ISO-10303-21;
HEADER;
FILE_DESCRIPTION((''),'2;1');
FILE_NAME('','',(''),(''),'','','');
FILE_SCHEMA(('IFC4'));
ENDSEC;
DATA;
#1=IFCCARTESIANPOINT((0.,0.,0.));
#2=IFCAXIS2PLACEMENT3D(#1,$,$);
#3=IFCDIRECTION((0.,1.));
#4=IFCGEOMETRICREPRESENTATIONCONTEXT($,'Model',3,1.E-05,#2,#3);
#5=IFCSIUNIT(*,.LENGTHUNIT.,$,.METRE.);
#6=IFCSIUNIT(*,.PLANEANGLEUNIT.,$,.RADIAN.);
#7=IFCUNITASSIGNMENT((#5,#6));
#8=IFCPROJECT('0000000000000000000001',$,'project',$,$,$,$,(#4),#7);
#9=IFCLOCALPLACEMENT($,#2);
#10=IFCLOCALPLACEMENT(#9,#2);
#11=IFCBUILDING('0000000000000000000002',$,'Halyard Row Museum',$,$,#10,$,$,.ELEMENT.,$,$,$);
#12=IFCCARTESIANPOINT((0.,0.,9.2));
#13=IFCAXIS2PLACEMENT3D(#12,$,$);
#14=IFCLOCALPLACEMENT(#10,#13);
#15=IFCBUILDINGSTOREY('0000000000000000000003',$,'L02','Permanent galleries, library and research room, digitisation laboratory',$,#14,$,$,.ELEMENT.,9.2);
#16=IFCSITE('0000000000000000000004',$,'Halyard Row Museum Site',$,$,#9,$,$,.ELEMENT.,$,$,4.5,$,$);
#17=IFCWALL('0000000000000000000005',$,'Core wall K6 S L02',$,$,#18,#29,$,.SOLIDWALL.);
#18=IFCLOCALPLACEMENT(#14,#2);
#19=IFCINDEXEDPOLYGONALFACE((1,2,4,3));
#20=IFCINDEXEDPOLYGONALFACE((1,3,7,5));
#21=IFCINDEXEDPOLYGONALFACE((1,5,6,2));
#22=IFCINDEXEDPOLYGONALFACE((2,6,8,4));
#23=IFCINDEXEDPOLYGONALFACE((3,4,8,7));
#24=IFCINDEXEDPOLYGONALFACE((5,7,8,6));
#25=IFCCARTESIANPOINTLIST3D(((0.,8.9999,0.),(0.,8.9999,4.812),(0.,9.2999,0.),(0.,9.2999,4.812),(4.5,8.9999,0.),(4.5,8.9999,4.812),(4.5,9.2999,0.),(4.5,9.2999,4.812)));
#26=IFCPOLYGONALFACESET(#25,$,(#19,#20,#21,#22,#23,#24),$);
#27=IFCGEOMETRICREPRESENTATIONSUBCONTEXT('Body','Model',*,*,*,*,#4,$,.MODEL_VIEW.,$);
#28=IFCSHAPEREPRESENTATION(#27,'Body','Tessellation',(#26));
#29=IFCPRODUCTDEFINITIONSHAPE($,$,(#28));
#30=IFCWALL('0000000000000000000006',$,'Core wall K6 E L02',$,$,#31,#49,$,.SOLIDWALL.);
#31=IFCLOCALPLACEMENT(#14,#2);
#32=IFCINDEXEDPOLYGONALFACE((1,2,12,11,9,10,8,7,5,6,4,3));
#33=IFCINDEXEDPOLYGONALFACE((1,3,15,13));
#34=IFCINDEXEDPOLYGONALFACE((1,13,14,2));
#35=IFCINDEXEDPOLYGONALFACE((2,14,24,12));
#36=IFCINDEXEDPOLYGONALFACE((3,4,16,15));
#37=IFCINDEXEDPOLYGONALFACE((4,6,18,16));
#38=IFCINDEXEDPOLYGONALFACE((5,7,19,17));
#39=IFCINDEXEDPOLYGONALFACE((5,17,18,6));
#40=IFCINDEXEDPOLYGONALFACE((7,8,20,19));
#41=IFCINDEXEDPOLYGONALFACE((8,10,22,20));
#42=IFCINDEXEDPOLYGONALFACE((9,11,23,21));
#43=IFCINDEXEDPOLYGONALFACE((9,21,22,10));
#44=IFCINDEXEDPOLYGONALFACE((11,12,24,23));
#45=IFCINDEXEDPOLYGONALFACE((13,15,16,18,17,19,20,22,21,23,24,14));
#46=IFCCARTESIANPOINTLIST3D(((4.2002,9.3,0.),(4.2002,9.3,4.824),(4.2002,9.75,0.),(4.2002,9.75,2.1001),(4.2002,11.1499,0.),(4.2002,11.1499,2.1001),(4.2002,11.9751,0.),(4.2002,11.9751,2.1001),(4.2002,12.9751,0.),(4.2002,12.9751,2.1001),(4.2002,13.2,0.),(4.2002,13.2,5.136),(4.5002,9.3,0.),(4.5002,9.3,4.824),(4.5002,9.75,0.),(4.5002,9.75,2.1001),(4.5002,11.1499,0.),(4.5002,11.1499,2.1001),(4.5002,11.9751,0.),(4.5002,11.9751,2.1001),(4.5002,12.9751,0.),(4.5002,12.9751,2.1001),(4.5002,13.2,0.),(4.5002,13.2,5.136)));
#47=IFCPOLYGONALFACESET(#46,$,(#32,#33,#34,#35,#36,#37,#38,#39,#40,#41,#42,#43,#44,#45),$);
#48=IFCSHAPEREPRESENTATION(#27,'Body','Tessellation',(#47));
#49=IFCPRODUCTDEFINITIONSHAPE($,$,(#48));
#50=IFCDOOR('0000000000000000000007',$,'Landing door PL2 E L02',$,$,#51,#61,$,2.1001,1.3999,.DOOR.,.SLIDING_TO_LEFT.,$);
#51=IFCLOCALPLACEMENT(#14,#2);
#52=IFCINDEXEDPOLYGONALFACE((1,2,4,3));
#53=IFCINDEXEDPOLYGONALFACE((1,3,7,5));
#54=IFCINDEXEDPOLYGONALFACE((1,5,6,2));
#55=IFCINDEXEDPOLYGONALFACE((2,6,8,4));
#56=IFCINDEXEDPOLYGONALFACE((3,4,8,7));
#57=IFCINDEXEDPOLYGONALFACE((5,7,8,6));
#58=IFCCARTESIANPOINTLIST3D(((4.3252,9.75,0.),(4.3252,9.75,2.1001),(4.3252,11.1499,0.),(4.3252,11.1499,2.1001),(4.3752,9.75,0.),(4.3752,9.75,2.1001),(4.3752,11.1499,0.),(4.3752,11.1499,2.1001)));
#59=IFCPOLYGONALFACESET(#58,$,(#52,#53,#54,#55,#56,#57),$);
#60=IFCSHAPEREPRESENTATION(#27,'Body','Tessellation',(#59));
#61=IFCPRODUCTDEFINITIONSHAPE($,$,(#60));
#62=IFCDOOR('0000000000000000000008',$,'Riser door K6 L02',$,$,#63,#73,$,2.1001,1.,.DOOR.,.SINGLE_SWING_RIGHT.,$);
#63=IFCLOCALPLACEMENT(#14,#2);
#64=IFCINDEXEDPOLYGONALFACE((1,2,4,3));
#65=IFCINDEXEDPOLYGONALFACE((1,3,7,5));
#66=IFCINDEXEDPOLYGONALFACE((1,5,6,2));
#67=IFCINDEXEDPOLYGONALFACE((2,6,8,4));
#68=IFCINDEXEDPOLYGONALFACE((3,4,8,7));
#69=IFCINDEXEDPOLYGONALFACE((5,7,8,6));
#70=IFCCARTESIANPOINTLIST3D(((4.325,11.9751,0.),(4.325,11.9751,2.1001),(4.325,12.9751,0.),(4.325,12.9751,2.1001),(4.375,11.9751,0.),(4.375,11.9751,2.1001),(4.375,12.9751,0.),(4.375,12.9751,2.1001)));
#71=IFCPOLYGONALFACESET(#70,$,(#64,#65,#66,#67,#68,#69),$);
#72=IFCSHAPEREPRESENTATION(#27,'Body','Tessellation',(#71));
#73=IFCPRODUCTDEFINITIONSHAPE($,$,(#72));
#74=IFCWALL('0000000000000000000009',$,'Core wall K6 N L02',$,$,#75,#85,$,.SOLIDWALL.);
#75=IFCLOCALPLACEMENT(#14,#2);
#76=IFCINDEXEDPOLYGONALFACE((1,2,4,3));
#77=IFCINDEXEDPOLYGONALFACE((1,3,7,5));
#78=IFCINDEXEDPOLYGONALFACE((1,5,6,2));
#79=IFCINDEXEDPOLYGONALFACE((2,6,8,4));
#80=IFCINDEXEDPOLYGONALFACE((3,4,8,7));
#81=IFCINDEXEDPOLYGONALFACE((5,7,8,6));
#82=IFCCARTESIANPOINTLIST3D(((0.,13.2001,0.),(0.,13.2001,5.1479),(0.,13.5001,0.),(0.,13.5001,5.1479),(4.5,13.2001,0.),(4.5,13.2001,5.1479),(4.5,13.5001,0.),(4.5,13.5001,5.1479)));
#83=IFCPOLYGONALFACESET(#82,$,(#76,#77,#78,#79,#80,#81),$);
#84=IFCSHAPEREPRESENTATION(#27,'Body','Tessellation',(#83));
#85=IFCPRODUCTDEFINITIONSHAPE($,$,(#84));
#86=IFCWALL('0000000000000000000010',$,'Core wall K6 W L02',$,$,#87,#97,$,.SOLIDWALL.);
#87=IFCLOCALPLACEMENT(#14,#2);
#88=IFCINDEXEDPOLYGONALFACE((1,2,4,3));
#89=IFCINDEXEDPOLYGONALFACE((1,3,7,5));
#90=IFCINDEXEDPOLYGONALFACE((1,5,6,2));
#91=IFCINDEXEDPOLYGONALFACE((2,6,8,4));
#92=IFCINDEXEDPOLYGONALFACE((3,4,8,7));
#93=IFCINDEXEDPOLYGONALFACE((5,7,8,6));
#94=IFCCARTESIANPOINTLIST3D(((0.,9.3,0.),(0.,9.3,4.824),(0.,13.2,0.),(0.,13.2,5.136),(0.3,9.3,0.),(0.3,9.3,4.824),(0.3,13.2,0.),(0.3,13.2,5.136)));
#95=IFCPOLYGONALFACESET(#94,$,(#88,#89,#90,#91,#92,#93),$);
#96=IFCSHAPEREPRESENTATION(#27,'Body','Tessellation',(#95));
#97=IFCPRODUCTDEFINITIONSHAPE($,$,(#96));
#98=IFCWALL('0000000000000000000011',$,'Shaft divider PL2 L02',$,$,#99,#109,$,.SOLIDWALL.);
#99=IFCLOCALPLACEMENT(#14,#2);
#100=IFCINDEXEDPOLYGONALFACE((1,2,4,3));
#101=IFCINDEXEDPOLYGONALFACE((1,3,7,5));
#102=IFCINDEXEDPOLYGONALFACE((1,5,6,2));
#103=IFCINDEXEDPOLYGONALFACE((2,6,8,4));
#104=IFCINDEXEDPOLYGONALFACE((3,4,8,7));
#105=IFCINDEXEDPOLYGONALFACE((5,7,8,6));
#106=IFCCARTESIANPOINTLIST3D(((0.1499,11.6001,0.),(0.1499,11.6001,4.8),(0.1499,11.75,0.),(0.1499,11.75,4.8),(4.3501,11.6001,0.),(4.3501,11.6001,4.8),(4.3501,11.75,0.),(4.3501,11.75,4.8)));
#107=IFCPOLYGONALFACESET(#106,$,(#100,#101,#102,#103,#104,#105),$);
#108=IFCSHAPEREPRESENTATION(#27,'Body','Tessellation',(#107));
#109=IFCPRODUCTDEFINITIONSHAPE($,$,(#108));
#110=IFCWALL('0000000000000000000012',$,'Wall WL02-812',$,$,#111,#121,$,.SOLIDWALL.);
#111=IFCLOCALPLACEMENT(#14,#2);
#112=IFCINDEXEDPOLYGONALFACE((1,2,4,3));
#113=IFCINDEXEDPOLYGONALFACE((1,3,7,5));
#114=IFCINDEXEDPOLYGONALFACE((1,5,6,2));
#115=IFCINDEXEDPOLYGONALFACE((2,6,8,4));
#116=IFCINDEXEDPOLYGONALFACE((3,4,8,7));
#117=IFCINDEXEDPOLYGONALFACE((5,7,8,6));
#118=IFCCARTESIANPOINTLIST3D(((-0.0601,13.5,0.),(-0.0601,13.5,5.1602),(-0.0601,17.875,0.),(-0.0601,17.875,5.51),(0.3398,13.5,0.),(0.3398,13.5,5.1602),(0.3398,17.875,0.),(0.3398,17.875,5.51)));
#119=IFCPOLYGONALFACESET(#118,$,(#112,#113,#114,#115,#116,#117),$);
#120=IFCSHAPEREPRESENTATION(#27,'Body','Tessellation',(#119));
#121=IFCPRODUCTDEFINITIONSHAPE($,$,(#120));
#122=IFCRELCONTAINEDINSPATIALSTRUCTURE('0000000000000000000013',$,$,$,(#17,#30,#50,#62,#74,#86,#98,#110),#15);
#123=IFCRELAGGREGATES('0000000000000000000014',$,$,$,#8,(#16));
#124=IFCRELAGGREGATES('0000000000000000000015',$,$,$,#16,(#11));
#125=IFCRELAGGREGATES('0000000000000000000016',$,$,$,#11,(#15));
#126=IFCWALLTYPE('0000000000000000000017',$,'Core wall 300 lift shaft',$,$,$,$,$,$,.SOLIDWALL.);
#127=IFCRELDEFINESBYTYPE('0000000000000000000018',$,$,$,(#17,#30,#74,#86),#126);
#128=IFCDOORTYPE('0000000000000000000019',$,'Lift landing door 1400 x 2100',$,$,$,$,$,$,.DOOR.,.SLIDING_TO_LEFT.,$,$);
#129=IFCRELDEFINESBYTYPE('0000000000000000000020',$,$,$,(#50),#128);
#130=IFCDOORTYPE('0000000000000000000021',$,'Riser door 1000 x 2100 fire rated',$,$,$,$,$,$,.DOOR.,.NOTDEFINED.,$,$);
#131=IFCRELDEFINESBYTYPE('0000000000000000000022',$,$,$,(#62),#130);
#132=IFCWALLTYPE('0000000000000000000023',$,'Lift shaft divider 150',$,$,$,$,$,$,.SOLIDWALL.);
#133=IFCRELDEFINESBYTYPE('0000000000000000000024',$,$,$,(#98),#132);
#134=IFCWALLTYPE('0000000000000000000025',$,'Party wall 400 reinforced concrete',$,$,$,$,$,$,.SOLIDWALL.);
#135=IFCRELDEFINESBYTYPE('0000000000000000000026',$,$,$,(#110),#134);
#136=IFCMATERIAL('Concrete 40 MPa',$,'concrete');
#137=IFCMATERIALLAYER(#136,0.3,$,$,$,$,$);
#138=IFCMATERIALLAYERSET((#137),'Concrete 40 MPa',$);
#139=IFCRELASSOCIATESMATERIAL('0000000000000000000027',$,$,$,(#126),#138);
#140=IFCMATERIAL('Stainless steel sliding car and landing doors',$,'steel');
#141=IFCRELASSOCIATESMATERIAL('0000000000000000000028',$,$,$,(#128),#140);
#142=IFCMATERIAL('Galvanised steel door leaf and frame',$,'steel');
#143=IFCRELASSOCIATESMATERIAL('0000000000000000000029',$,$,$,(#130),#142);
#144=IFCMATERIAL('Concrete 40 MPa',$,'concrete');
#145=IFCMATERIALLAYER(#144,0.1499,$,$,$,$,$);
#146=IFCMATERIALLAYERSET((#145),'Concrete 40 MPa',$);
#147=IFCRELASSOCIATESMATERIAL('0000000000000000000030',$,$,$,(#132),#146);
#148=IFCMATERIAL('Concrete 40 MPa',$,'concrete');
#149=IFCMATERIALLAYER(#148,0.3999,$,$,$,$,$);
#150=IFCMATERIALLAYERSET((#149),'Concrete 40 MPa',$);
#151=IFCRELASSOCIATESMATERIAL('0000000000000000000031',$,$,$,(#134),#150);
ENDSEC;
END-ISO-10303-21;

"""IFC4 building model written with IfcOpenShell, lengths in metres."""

from ifc_helpers import new_model, si_unit, direction, frame, frame_2d, origin, place, context, subcontext, project, spatial, polyline, rectangle, outline, extrude, material, layer, layer_set, type_object, element, fill, save


model = new_model("IFC4")

# Units and contexts
model_context = context("Model", 3, precision=1e-05, world=origin(), true_north=direction((0.0, 1.0)))
body_context = subcontext(model_context, "Body", "Model", "MODEL_VIEW")
ifc_project = project(units=[si_unit("LENGTHUNIT", "METRE"), si_unit("PLANEANGLEUNIT", "RADIAN")], contexts=[model_context])

# Site, building, storey
site_placement = place(None, origin())
site = spatial("IfcSite", under=ifc_project, at=site_placement, Name="Halyard Row Museum Site", CompositionType="ELEMENT", RefElevation=4.5)
building_placement = place(site_placement, origin())
building = spatial("IfcBuilding", under=site, at=building_placement, Name="Halyard Row Museum", CompositionType="ELEMENT")
storey_placement = place(building_placement, frame((0.0, 0.0, 9.2)))
storey = spatial("IfcBuildingStorey", under=building, at=storey_placement, Name="L02", Description="Permanent galleries, library and research room, digitisation laboratory", CompositionType="ELEMENT", Elevation=9.2)

# Wall
ifc_material_1 = material(Name="Concrete 40 MPa", Category="concrete")
ifc_layer_1 = layer(ifc_material_1, 0.3)
ifc_layer_set_1 = layer_set([ifc_layer_1], Name="Concrete 40 MPa")
wall_type_1 = type_object("IfcWallType", Name="Core wall 300 lift shaft", PredefinedType="SOLIDWALL", material=ifc_layer_set_1)
wall_1_placement = place(storey_placement, frame((0.0, 9.1499, 0.0), z_axis=(0.0, 0.0, 1.0), x_axis=(1.0, 0.0, 0.0)))
element("IfcWall", 1, at=wall_1_placement, inside=storey, type_object=wall_type_1, Name="Core wall K6 S L02", PredefinedType="SOLIDWALL", context=body_context, shape_type="SweptSolid", body=[
    extrude(rectangle(XDim=4.5, YDim=0.3, at=frame_2d((2.25, 0.0))), origin(), (0.0, 0.0, 1.0), 4.812),
])

# Wall, openings, doors
wall_2_placement = place(storey_placement, frame((4.3501, 9.3, 0.0), z_axis=(0.0, 0.0, 1.0), x_axis=(0.0, 1.0, 0.0)))
wall_2 = element("IfcWall", 2, at=wall_2_placement, inside=storey, type_object=wall_type_1, Name="Core wall K6 E L02", PredefinedType="SOLIDWALL", context=body_context, shape_type="SweptSolid", body=[
    extrude(outline(polyline([(0.0, 0.0), (3.8999, 0.0), (3.8999, 5.136), (0.0, 4.824), (0.0, 0.0)])), frame((0.0, 0.1499, 0.0), z_axis=(0.0, -1.0, 0.0), x_axis=(1.0, 0.0, 0.0)), (0.0, 0.0, 1.0), 0.3),
])
opening_1_placement = place(wall_2_placement, frame((0.45, 0.0, 0.0)))
opening_1 = element("IfcOpeningElement", 3, at=opening_1_placement, cuts=wall_2, PredefinedType="OPENING", context=body_context, shape_type="SweptSolid", body=[
    extrude(rectangle(XDim=1.3999, YDim=2.1001, at=frame_2d((0.7, 1.05))), frame((0.0, 0.1599, 0.0), z_axis=(0.0, -1.0, 0.0), x_axis=(1.0, 0.0, 0.0)), (0.0, 0.0, 1.0), 0.3201),
])
opening_2_placement = place(wall_2_placement, frame((2.675, 0.0, 0.0)))
opening_2 = element("IfcOpeningElement", 4, at=opening_2_placement, cuts=wall_2, PredefinedType="OPENING", context=body_context, shape_type="SweptSolid", body=[
    extrude(rectangle(XDim=1.0, YDim=2.1001, at=frame_2d((0.5, 1.05))), frame((0.0, 0.1599, 0.0), z_axis=(0.0, -1.0, 0.0), x_axis=(1.0, 0.0, 0.0)), (0.0, 0.0, 1.0), 0.3201),
])
ifc_material_2 = material(Name="Stainless steel sliding car and landing doors", Category="steel")
door_type_1 = type_object("IfcDoorType", Name="Lift landing door 1400 x 2100", OperationType="SLIDING_TO_LEFT", PredefinedType="DOOR", material=ifc_material_2)
door_1_placement = place(opening_1_placement, origin())
door_1 = element("IfcDoor", 5, at=door_1_placement, inside=storey, type_object=door_type_1, Name="Landing door PL2 E L02", OperationType="SLIDING_TO_LEFT", OverallHeight=2.1001, OverallWidth=1.3999, PredefinedType="DOOR", context=body_context, shape_type="SweptSolid", body=[
    extrude(rectangle(XDim=1.3999, YDim=2.1001, at=frame_2d((0.7, 1.05))), frame((0.0, 0.0249, 0.0), z_axis=(0.0, -1.0, 0.0), x_axis=(1.0, 0.0, 0.0)), (0.0, 0.0, 1.0), 0.05),
])
fill(opening_1, door_1)
ifc_material_3 = material(Name="Galvanised steel door leaf and frame", Category="steel")
door_type_2 = type_object("IfcDoorType", Name="Riser door 1000 x 2100 fire rated", OperationType="NOTDEFINED", PredefinedType="DOOR", material=ifc_material_3)
door_2_placement = place(opening_2_placement, frame((1.0, 0.0, 0.0), z_axis=(0.0, 0.0, 1.0), x_axis=(-1.0, 0.0, 0.0)))
door_2 = element("IfcDoor", 6, at=door_2_placement, inside=storey, type_object=door_type_2, Name="Riser door K6 L02", OperationType="SINGLE_SWING_RIGHT", OverallHeight=2.1001, OverallWidth=1.0, PredefinedType="DOOR", context=body_context, shape_type="SweptSolid", body=[
    extrude(rectangle(XDim=1.0, YDim=2.1001, at=frame_2d((0.5, 1.05))), frame((0.0, 0.0249, 0.0), z_axis=(0.0, -1.0, 0.0), x_axis=(1.0, 0.0, 0.0)), (0.0, 0.0, 1.0), 0.05),
])
fill(opening_2, door_2)

# Walls
wall_3_placement = place(storey_placement, frame((0.0, 13.3501, 0.0), z_axis=(0.0, 0.0, 1.0), x_axis=(1.0, 0.0, 0.0)))
element("IfcWall", 7, at=wall_3_placement, inside=storey, type_object=wall_type_1, Name="Core wall K6 N L02", PredefinedType="SOLIDWALL", context=body_context, shape_type="SweptSolid", body=[
    extrude(rectangle(XDim=4.5, YDim=0.3, at=frame_2d((2.25, 0.0))), origin(), (0.0, 0.0, 1.0), 5.1479),
])
wall_4_placement = place(storey_placement, frame((0.1499, 9.3, 0.0), z_axis=(0.0, 0.0, 1.0), x_axis=(0.0, 1.0, 0.0)))
element("IfcWall", 8, at=wall_4_placement, inside=storey, type_object=wall_type_1, Name="Core wall K6 W L02", PredefinedType="SOLIDWALL", context=body_context, shape_type="SweptSolid", body=[
    extrude(outline(polyline([(0.0, 0.0), (3.8999, 0.0), (3.8999, 5.136), (0.0, 4.824), (0.0, 0.0)])), frame((0.0, 0.1499, 0.0), z_axis=(0.0, -1.0, 0.0), x_axis=(1.0, 0.0, 0.0)), (0.0, 0.0, 1.0), 0.3),
])
ifc_material_4 = material(Name="Concrete 40 MPa", Category="concrete")
ifc_layer_2 = layer(ifc_material_4, 0.1499)
ifc_layer_set_2 = layer_set([ifc_layer_2], Name="Concrete 40 MPa")
wall_type_2 = type_object("IfcWallType", Name="Lift shaft divider 150", PredefinedType="SOLIDWALL", material=ifc_layer_set_2)
wall_5_placement = place(storey_placement, frame((0.1499, 11.675, 0.0), z_axis=(0.0, 0.0, 1.0), x_axis=(1.0, 0.0, 0.0)))
element("IfcWall", 9, at=wall_5_placement, inside=storey, type_object=wall_type_2, Name="Shaft divider PL2 L02", PredefinedType="SOLIDWALL", context=body_context, shape_type="SweptSolid", body=[
    extrude(rectangle(XDim=4.2002, YDim=0.1499, at=frame_2d((2.1001, 0.0))), origin(), (0.0, 0.0, 1.0), 4.8),
])
ifc_material_5 = material(Name="Concrete 40 MPa", Category="concrete")
ifc_layer_3 = layer(ifc_material_5, 0.3999)
ifc_layer_set_3 = layer_set([ifc_layer_3], Name="Concrete 40 MPa")
wall_type_3 = type_object("IfcWallType", Name="Party wall 400 reinforced concrete", PredefinedType="SOLIDWALL", material=ifc_layer_set_3)
wall_6_placement = place(storey_placement, frame((0.1399, 13.5, 0.0), z_axis=(0.0, 0.0, 1.0), x_axis=(0.0, 1.0, 0.0)))
element("IfcWall", 10, at=wall_6_placement, inside=storey, type_object=wall_type_3, Name="Wall WL02-812", PredefinedType="SOLIDWALL", context=body_context, shape_type="SweptSolid", body=[
    extrude(outline(polyline([(0.0, 0.0), (4.375, 0.0), (4.375, 5.51), (0.0, 5.1602), (0.0, 0.0)])), frame((0.0, 0.2, 0.0), z_axis=(0.0, -1.0, 0.0), x_axis=(1.0, 0.0, 0.0)), (0.0, 0.0, 1.0), 0.3999),
])

save(model, "model.ifc")
